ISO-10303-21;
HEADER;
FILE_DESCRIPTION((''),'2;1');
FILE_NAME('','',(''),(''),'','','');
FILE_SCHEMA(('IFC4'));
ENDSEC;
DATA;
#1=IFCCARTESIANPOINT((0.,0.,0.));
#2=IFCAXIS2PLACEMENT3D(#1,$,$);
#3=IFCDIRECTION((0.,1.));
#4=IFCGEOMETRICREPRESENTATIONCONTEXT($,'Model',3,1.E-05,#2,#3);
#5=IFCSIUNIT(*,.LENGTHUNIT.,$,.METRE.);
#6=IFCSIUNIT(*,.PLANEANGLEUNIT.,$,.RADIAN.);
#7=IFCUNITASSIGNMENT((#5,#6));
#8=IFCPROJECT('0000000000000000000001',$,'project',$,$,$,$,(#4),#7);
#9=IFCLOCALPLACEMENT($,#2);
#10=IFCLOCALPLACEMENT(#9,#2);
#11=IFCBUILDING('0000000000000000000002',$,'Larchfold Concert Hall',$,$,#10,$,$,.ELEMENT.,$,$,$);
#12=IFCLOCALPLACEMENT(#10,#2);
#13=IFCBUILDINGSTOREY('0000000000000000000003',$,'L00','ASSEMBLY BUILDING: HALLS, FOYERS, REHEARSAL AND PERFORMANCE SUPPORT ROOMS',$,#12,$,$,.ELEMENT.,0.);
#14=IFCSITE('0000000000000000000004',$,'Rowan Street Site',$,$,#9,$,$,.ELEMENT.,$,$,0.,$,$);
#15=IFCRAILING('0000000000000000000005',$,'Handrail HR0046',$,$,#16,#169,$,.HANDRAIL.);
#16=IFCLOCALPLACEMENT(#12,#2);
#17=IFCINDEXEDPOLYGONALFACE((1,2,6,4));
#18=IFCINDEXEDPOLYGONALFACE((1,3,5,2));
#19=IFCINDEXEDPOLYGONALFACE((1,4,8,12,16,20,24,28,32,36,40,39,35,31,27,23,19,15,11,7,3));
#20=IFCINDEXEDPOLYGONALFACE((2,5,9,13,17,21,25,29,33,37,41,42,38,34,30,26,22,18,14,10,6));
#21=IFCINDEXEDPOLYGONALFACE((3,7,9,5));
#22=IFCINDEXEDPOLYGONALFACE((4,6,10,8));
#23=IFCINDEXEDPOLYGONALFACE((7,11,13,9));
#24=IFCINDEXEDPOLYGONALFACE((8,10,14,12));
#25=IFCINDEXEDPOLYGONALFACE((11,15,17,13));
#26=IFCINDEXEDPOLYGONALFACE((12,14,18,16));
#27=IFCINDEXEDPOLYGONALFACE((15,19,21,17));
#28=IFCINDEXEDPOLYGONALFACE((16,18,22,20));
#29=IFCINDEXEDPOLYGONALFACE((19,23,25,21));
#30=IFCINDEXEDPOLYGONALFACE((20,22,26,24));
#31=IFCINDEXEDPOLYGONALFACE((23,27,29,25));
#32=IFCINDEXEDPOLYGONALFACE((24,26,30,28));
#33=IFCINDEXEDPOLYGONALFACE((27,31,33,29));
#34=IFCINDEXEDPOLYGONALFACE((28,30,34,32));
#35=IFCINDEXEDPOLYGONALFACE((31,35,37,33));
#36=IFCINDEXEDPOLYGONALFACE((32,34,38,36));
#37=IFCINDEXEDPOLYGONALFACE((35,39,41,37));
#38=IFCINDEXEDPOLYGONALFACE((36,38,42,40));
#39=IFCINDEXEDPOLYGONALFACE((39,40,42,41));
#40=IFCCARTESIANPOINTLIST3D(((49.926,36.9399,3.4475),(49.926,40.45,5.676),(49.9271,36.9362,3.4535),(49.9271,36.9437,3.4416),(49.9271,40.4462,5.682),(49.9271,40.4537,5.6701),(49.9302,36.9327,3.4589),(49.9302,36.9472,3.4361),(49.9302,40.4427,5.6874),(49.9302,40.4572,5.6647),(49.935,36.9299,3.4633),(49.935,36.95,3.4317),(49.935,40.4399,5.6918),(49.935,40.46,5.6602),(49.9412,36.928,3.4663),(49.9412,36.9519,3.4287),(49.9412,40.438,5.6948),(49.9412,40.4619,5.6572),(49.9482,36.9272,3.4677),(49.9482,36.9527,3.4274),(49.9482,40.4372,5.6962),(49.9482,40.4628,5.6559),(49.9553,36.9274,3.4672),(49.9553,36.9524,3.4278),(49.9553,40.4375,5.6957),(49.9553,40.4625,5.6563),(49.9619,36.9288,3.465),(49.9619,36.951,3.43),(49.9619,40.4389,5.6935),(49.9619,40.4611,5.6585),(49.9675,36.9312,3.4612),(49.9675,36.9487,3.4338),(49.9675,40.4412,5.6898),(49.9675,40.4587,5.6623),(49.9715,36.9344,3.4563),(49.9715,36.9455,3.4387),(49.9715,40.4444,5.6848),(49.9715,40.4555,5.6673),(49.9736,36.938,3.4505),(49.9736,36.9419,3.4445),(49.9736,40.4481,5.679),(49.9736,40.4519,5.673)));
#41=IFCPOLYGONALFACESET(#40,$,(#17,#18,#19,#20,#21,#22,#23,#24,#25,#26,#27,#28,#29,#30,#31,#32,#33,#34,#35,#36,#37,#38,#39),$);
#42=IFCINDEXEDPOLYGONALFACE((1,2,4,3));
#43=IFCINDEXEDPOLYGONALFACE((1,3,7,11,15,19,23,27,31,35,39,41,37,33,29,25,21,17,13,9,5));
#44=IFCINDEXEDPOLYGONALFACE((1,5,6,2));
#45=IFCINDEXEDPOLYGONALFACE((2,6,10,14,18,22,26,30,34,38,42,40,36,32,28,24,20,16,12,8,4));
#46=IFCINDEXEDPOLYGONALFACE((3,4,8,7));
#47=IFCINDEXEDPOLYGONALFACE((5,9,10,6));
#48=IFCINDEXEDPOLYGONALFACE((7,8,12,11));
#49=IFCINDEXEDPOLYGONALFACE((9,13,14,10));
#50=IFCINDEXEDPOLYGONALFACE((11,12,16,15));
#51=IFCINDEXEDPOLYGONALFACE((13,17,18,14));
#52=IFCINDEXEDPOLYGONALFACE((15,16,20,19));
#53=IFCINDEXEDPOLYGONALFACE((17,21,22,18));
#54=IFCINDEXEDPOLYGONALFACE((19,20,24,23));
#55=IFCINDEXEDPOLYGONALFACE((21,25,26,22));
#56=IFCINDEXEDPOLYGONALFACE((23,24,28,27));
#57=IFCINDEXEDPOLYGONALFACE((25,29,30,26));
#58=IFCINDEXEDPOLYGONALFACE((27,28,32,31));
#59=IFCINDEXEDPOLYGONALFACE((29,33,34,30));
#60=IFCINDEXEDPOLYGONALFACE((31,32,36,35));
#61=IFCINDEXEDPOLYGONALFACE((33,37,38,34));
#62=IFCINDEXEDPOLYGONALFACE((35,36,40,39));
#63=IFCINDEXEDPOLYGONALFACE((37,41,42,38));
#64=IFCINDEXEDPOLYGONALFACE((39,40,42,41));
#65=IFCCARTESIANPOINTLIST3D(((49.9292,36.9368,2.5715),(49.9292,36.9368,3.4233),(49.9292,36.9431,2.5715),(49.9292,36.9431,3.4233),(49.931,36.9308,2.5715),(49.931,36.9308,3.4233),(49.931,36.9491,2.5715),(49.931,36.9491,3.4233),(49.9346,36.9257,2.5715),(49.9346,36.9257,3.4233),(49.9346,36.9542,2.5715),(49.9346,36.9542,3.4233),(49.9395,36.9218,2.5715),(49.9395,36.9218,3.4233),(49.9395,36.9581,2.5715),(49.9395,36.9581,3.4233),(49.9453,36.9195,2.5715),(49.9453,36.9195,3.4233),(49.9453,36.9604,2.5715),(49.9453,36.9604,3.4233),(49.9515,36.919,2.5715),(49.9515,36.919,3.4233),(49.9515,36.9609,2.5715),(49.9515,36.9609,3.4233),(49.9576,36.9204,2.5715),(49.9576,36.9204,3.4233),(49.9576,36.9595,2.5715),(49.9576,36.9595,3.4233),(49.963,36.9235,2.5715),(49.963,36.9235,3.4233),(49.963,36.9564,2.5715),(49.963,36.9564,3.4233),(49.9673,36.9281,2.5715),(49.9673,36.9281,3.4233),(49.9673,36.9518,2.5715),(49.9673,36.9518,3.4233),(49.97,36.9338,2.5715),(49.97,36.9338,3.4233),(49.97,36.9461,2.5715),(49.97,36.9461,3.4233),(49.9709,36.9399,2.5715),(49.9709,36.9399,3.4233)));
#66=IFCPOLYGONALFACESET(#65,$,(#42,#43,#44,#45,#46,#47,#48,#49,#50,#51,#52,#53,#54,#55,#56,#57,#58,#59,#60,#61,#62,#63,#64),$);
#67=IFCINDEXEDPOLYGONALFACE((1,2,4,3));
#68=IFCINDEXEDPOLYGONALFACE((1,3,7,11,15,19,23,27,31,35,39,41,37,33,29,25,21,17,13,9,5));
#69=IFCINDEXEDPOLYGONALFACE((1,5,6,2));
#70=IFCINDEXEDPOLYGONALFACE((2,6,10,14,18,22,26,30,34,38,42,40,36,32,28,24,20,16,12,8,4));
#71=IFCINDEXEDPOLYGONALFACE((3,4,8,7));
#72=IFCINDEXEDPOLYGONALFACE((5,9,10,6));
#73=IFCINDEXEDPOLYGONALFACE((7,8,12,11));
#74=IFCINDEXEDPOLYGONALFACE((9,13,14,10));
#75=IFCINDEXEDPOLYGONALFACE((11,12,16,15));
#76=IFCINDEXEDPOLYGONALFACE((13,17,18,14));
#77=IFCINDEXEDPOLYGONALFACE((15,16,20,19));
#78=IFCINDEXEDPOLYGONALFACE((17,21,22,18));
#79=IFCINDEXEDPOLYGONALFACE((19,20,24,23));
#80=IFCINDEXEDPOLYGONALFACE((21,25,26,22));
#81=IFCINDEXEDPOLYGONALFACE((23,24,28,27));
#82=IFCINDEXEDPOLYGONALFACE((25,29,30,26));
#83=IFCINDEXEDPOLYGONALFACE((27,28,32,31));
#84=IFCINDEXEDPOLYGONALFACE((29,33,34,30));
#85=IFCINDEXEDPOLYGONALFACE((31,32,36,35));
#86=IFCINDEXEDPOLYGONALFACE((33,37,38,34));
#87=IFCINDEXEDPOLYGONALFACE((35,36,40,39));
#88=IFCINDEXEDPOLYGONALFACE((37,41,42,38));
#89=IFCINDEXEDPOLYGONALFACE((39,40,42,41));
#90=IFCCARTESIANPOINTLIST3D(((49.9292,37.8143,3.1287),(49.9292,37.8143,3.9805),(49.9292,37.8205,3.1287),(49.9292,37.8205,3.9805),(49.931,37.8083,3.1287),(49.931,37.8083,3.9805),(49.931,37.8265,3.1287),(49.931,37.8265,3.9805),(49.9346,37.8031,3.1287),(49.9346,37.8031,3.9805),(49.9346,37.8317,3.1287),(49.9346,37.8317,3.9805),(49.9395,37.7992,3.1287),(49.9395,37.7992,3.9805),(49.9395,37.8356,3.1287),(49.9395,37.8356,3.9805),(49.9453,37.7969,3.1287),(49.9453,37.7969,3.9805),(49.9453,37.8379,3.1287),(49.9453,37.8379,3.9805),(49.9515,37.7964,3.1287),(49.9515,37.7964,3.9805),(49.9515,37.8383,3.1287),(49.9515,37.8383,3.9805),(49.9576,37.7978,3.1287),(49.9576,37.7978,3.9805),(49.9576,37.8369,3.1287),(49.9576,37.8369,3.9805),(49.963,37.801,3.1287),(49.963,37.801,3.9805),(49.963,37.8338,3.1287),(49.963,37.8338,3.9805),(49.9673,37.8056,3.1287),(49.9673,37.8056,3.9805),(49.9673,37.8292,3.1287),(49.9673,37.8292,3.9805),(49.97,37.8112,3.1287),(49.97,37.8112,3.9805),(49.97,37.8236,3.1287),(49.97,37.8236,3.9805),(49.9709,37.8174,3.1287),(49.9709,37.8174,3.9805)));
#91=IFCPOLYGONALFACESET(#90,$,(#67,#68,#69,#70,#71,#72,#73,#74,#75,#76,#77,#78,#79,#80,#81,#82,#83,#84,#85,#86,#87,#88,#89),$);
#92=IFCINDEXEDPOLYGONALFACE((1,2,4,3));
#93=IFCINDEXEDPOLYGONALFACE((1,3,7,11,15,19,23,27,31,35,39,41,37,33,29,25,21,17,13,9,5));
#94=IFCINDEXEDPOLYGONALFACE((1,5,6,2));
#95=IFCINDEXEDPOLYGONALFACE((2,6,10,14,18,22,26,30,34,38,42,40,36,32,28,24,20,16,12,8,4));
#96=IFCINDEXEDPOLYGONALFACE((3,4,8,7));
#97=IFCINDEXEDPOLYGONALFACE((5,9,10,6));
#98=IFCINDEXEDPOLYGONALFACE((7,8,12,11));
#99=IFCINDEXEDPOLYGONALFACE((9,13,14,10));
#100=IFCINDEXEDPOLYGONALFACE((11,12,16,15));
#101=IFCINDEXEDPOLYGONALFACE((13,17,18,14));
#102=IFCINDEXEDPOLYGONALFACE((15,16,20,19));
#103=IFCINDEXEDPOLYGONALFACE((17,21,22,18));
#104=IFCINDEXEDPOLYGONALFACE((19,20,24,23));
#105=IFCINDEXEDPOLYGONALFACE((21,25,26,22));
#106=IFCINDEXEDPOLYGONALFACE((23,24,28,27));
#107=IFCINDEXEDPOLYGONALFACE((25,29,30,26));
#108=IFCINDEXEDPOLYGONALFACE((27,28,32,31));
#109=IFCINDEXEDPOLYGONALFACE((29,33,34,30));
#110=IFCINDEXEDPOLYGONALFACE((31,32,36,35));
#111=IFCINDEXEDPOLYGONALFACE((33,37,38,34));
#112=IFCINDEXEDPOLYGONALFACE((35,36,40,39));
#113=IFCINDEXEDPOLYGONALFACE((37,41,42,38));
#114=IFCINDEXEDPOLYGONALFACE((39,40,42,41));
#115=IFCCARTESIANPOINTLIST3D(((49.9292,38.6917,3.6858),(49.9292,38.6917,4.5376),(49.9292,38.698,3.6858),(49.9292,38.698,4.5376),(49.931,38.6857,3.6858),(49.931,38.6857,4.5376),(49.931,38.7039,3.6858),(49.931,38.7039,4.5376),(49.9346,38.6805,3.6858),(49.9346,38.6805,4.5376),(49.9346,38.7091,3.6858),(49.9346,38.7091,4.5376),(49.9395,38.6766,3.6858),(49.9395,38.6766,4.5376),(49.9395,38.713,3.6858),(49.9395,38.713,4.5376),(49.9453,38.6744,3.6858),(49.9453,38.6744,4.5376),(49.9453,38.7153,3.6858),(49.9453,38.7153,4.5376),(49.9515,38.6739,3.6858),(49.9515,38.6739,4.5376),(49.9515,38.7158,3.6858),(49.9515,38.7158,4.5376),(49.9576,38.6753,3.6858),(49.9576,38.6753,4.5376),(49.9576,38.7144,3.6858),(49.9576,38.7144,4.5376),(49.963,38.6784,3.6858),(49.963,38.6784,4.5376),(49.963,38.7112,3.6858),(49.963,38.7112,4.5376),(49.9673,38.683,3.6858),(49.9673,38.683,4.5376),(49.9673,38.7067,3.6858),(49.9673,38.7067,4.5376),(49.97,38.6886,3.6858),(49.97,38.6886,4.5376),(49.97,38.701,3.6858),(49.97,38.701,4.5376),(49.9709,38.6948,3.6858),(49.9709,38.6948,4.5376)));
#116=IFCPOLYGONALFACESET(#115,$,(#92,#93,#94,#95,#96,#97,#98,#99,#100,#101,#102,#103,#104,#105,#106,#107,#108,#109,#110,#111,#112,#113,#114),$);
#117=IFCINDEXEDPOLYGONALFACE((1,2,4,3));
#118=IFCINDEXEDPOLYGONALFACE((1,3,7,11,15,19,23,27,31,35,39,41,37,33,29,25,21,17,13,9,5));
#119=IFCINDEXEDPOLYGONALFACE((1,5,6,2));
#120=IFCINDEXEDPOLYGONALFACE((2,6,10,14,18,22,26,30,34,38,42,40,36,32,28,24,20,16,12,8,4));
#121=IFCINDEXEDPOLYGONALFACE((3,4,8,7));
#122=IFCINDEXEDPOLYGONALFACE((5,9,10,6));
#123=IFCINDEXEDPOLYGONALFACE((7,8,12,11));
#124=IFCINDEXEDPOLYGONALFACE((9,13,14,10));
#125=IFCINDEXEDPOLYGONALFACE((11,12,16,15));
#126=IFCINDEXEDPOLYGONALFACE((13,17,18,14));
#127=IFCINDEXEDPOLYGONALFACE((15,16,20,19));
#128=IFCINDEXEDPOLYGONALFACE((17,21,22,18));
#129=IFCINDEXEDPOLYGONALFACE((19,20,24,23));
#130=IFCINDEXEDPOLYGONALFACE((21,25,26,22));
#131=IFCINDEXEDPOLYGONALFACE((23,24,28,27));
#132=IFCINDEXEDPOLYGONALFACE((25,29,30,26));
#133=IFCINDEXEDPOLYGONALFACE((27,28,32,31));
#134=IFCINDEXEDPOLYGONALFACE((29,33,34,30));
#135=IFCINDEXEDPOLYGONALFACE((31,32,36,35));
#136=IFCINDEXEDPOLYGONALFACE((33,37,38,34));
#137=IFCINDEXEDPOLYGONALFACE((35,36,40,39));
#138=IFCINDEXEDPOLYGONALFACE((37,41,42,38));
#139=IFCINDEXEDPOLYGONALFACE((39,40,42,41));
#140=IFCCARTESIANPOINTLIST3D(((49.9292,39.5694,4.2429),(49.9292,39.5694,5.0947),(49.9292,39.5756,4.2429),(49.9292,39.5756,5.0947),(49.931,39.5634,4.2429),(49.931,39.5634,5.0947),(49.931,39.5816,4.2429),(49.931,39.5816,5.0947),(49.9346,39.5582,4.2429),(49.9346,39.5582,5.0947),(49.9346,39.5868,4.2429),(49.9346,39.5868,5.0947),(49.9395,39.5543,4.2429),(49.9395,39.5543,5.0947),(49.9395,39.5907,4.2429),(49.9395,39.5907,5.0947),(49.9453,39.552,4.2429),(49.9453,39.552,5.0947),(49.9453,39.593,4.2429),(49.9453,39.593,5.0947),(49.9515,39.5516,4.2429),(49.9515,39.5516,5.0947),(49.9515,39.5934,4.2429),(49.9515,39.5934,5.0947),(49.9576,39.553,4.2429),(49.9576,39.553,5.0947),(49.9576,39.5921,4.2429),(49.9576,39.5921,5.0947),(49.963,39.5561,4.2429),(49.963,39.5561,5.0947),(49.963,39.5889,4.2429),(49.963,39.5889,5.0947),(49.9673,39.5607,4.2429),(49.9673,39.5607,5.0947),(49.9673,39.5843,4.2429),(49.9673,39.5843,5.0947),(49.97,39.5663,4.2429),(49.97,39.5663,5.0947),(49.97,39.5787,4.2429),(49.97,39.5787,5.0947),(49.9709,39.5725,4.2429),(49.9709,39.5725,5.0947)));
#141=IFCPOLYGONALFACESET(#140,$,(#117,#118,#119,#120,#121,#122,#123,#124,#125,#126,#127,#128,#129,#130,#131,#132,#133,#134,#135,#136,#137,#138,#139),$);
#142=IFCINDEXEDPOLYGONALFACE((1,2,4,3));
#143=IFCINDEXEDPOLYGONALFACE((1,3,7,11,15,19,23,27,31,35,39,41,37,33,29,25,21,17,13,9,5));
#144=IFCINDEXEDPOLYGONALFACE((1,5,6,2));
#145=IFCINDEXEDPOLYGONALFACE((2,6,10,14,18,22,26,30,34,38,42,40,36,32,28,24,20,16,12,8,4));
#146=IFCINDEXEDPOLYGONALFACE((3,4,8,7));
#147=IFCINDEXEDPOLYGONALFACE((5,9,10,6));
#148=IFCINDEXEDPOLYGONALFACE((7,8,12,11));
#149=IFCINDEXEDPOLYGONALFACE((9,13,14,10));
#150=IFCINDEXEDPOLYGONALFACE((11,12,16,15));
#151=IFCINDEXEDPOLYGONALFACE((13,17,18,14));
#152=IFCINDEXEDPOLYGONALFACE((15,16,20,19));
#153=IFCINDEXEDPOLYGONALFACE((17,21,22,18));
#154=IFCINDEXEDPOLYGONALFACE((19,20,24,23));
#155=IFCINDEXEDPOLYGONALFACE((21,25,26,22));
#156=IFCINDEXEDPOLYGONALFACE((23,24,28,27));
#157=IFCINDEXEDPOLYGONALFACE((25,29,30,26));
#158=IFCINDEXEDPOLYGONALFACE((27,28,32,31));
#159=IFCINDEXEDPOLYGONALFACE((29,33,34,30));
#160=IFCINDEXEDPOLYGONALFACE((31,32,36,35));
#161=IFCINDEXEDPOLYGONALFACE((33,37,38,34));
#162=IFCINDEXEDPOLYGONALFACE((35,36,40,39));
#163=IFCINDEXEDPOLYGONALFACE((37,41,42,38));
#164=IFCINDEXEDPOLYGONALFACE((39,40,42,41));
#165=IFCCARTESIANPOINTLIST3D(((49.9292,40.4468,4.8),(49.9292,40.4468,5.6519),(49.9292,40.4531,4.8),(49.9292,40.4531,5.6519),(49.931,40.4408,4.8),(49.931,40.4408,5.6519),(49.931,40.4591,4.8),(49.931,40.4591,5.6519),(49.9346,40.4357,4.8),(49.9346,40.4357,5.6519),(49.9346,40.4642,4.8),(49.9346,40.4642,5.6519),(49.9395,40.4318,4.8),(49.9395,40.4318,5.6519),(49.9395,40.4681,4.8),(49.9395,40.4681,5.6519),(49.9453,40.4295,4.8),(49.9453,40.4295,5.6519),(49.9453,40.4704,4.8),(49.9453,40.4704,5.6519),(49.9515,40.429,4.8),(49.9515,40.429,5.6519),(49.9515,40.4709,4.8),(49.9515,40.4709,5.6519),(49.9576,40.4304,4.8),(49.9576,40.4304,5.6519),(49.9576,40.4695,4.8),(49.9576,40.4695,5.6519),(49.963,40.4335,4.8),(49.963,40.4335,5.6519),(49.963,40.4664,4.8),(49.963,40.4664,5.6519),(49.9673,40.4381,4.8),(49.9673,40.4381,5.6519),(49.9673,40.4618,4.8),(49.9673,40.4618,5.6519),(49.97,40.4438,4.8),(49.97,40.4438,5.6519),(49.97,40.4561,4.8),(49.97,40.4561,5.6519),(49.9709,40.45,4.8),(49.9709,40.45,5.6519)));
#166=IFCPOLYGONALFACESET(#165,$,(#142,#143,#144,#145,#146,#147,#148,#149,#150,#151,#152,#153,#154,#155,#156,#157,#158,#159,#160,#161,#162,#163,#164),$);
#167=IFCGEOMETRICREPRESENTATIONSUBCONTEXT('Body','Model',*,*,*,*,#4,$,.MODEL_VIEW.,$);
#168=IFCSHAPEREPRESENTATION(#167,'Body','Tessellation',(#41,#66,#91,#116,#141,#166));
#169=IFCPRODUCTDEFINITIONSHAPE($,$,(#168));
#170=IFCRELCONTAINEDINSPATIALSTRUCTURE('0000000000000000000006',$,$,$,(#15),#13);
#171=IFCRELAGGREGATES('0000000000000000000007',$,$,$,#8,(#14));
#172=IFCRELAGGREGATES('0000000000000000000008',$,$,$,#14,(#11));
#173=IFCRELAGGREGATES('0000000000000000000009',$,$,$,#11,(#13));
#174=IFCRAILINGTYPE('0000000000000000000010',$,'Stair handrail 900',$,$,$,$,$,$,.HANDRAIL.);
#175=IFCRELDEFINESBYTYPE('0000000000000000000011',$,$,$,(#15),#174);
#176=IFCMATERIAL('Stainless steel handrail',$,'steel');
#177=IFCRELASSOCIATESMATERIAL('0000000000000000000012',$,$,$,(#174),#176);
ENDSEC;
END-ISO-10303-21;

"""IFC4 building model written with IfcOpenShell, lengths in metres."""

from ifc_helpers import new_model, si_unit, direction, frame, origin, origin_2d, place, context, subcontext, project, spatial, circle, extrude, material, type_object, element, save


model = new_model("IFC4")

# Units and contexts
model_context = context("Model", 3, precision=1e-05, world=origin(), true_north=direction((0.0, 1.0)))
body_context = subcontext(model_context, "Body", "Model", "MODEL_VIEW")
ifc_project = project(units=[si_unit("LENGTHUNIT", "METRE"), si_unit("PLANEANGLEUNIT", "RADIAN")], contexts=[model_context])

# Site, building, storey
site_placement = place(None, origin())
site = spatial("IfcSite", under=ifc_project, at=site_placement, Name="Rowan Street Site", CompositionType="ELEMENT", RefElevation=0.0)
building_placement = place(site_placement, origin())
building = spatial("IfcBuilding", under=site, at=building_placement, Name="Larchfold Concert Hall", CompositionType="ELEMENT")
storey_placement = place(building_placement, origin())
storey = spatial("IfcBuildingStorey", under=building, at=storey_placement, Name="L00", Description="ASSEMBLY BUILDING: HALLS, FOYERS, REHEARSAL AND PERFORMANCE SUPPORT ROOMS", CompositionType="ELEMENT", Elevation=0.0)

# Railing
ifc_material_1 = material(Name="Stainless steel handrail", Category="steel")
railing_type_1 = type_object("IfcRailingType", Name="Stair handrail 900", PredefinedType="HANDRAIL", material=ifc_material_1)
railing_1_placement = place(storey_placement, frame((49.95, 36.9399, 2.5715)))
element("IfcRailing", 1, at=railing_1_placement, inside=storey, type_object=railing_type_1, Name="Handrail HR0046", PredefinedType="HANDRAIL", context=body_context, shape_type="SweptSolid", body=[
    extrude(circle(Radius=0.0239, at=origin_2d()), frame((0.0, 0.0, 0.876), z_axis=(0.0, 0.84422, 0.535998), x_axis=(-1.0, 0.0, 0.0)), (0.0, 0.0, 1.0), 4.1577),
    extrude(circle(Radius=0.021, at=origin_2d()), origin(), (0.0, 0.0, 1.0), 0.8518),
    extrude(circle(Radius=0.021, at=origin_2d()), frame((0.0, 0.8774, 0.5571)), (0.0, 0.0, 1.0), 0.8518),
    extrude(circle(Radius=0.021, at=origin_2d()), frame((0.0, 1.7549, 1.1143)), (0.0, 0.0, 1.0), 0.8518),
    extrude(circle(Radius=0.021, at=origin_2d()), frame((0.0, 2.6326, 1.6714)), (0.0, 0.0, 1.0), 0.8518),
    extrude(circle(Radius=0.021, at=origin_2d()), frame((0.0, 3.51, 2.2285)), (0.0, 0.0, 1.0), 0.8518),
])

save(model, "model.ifc")
